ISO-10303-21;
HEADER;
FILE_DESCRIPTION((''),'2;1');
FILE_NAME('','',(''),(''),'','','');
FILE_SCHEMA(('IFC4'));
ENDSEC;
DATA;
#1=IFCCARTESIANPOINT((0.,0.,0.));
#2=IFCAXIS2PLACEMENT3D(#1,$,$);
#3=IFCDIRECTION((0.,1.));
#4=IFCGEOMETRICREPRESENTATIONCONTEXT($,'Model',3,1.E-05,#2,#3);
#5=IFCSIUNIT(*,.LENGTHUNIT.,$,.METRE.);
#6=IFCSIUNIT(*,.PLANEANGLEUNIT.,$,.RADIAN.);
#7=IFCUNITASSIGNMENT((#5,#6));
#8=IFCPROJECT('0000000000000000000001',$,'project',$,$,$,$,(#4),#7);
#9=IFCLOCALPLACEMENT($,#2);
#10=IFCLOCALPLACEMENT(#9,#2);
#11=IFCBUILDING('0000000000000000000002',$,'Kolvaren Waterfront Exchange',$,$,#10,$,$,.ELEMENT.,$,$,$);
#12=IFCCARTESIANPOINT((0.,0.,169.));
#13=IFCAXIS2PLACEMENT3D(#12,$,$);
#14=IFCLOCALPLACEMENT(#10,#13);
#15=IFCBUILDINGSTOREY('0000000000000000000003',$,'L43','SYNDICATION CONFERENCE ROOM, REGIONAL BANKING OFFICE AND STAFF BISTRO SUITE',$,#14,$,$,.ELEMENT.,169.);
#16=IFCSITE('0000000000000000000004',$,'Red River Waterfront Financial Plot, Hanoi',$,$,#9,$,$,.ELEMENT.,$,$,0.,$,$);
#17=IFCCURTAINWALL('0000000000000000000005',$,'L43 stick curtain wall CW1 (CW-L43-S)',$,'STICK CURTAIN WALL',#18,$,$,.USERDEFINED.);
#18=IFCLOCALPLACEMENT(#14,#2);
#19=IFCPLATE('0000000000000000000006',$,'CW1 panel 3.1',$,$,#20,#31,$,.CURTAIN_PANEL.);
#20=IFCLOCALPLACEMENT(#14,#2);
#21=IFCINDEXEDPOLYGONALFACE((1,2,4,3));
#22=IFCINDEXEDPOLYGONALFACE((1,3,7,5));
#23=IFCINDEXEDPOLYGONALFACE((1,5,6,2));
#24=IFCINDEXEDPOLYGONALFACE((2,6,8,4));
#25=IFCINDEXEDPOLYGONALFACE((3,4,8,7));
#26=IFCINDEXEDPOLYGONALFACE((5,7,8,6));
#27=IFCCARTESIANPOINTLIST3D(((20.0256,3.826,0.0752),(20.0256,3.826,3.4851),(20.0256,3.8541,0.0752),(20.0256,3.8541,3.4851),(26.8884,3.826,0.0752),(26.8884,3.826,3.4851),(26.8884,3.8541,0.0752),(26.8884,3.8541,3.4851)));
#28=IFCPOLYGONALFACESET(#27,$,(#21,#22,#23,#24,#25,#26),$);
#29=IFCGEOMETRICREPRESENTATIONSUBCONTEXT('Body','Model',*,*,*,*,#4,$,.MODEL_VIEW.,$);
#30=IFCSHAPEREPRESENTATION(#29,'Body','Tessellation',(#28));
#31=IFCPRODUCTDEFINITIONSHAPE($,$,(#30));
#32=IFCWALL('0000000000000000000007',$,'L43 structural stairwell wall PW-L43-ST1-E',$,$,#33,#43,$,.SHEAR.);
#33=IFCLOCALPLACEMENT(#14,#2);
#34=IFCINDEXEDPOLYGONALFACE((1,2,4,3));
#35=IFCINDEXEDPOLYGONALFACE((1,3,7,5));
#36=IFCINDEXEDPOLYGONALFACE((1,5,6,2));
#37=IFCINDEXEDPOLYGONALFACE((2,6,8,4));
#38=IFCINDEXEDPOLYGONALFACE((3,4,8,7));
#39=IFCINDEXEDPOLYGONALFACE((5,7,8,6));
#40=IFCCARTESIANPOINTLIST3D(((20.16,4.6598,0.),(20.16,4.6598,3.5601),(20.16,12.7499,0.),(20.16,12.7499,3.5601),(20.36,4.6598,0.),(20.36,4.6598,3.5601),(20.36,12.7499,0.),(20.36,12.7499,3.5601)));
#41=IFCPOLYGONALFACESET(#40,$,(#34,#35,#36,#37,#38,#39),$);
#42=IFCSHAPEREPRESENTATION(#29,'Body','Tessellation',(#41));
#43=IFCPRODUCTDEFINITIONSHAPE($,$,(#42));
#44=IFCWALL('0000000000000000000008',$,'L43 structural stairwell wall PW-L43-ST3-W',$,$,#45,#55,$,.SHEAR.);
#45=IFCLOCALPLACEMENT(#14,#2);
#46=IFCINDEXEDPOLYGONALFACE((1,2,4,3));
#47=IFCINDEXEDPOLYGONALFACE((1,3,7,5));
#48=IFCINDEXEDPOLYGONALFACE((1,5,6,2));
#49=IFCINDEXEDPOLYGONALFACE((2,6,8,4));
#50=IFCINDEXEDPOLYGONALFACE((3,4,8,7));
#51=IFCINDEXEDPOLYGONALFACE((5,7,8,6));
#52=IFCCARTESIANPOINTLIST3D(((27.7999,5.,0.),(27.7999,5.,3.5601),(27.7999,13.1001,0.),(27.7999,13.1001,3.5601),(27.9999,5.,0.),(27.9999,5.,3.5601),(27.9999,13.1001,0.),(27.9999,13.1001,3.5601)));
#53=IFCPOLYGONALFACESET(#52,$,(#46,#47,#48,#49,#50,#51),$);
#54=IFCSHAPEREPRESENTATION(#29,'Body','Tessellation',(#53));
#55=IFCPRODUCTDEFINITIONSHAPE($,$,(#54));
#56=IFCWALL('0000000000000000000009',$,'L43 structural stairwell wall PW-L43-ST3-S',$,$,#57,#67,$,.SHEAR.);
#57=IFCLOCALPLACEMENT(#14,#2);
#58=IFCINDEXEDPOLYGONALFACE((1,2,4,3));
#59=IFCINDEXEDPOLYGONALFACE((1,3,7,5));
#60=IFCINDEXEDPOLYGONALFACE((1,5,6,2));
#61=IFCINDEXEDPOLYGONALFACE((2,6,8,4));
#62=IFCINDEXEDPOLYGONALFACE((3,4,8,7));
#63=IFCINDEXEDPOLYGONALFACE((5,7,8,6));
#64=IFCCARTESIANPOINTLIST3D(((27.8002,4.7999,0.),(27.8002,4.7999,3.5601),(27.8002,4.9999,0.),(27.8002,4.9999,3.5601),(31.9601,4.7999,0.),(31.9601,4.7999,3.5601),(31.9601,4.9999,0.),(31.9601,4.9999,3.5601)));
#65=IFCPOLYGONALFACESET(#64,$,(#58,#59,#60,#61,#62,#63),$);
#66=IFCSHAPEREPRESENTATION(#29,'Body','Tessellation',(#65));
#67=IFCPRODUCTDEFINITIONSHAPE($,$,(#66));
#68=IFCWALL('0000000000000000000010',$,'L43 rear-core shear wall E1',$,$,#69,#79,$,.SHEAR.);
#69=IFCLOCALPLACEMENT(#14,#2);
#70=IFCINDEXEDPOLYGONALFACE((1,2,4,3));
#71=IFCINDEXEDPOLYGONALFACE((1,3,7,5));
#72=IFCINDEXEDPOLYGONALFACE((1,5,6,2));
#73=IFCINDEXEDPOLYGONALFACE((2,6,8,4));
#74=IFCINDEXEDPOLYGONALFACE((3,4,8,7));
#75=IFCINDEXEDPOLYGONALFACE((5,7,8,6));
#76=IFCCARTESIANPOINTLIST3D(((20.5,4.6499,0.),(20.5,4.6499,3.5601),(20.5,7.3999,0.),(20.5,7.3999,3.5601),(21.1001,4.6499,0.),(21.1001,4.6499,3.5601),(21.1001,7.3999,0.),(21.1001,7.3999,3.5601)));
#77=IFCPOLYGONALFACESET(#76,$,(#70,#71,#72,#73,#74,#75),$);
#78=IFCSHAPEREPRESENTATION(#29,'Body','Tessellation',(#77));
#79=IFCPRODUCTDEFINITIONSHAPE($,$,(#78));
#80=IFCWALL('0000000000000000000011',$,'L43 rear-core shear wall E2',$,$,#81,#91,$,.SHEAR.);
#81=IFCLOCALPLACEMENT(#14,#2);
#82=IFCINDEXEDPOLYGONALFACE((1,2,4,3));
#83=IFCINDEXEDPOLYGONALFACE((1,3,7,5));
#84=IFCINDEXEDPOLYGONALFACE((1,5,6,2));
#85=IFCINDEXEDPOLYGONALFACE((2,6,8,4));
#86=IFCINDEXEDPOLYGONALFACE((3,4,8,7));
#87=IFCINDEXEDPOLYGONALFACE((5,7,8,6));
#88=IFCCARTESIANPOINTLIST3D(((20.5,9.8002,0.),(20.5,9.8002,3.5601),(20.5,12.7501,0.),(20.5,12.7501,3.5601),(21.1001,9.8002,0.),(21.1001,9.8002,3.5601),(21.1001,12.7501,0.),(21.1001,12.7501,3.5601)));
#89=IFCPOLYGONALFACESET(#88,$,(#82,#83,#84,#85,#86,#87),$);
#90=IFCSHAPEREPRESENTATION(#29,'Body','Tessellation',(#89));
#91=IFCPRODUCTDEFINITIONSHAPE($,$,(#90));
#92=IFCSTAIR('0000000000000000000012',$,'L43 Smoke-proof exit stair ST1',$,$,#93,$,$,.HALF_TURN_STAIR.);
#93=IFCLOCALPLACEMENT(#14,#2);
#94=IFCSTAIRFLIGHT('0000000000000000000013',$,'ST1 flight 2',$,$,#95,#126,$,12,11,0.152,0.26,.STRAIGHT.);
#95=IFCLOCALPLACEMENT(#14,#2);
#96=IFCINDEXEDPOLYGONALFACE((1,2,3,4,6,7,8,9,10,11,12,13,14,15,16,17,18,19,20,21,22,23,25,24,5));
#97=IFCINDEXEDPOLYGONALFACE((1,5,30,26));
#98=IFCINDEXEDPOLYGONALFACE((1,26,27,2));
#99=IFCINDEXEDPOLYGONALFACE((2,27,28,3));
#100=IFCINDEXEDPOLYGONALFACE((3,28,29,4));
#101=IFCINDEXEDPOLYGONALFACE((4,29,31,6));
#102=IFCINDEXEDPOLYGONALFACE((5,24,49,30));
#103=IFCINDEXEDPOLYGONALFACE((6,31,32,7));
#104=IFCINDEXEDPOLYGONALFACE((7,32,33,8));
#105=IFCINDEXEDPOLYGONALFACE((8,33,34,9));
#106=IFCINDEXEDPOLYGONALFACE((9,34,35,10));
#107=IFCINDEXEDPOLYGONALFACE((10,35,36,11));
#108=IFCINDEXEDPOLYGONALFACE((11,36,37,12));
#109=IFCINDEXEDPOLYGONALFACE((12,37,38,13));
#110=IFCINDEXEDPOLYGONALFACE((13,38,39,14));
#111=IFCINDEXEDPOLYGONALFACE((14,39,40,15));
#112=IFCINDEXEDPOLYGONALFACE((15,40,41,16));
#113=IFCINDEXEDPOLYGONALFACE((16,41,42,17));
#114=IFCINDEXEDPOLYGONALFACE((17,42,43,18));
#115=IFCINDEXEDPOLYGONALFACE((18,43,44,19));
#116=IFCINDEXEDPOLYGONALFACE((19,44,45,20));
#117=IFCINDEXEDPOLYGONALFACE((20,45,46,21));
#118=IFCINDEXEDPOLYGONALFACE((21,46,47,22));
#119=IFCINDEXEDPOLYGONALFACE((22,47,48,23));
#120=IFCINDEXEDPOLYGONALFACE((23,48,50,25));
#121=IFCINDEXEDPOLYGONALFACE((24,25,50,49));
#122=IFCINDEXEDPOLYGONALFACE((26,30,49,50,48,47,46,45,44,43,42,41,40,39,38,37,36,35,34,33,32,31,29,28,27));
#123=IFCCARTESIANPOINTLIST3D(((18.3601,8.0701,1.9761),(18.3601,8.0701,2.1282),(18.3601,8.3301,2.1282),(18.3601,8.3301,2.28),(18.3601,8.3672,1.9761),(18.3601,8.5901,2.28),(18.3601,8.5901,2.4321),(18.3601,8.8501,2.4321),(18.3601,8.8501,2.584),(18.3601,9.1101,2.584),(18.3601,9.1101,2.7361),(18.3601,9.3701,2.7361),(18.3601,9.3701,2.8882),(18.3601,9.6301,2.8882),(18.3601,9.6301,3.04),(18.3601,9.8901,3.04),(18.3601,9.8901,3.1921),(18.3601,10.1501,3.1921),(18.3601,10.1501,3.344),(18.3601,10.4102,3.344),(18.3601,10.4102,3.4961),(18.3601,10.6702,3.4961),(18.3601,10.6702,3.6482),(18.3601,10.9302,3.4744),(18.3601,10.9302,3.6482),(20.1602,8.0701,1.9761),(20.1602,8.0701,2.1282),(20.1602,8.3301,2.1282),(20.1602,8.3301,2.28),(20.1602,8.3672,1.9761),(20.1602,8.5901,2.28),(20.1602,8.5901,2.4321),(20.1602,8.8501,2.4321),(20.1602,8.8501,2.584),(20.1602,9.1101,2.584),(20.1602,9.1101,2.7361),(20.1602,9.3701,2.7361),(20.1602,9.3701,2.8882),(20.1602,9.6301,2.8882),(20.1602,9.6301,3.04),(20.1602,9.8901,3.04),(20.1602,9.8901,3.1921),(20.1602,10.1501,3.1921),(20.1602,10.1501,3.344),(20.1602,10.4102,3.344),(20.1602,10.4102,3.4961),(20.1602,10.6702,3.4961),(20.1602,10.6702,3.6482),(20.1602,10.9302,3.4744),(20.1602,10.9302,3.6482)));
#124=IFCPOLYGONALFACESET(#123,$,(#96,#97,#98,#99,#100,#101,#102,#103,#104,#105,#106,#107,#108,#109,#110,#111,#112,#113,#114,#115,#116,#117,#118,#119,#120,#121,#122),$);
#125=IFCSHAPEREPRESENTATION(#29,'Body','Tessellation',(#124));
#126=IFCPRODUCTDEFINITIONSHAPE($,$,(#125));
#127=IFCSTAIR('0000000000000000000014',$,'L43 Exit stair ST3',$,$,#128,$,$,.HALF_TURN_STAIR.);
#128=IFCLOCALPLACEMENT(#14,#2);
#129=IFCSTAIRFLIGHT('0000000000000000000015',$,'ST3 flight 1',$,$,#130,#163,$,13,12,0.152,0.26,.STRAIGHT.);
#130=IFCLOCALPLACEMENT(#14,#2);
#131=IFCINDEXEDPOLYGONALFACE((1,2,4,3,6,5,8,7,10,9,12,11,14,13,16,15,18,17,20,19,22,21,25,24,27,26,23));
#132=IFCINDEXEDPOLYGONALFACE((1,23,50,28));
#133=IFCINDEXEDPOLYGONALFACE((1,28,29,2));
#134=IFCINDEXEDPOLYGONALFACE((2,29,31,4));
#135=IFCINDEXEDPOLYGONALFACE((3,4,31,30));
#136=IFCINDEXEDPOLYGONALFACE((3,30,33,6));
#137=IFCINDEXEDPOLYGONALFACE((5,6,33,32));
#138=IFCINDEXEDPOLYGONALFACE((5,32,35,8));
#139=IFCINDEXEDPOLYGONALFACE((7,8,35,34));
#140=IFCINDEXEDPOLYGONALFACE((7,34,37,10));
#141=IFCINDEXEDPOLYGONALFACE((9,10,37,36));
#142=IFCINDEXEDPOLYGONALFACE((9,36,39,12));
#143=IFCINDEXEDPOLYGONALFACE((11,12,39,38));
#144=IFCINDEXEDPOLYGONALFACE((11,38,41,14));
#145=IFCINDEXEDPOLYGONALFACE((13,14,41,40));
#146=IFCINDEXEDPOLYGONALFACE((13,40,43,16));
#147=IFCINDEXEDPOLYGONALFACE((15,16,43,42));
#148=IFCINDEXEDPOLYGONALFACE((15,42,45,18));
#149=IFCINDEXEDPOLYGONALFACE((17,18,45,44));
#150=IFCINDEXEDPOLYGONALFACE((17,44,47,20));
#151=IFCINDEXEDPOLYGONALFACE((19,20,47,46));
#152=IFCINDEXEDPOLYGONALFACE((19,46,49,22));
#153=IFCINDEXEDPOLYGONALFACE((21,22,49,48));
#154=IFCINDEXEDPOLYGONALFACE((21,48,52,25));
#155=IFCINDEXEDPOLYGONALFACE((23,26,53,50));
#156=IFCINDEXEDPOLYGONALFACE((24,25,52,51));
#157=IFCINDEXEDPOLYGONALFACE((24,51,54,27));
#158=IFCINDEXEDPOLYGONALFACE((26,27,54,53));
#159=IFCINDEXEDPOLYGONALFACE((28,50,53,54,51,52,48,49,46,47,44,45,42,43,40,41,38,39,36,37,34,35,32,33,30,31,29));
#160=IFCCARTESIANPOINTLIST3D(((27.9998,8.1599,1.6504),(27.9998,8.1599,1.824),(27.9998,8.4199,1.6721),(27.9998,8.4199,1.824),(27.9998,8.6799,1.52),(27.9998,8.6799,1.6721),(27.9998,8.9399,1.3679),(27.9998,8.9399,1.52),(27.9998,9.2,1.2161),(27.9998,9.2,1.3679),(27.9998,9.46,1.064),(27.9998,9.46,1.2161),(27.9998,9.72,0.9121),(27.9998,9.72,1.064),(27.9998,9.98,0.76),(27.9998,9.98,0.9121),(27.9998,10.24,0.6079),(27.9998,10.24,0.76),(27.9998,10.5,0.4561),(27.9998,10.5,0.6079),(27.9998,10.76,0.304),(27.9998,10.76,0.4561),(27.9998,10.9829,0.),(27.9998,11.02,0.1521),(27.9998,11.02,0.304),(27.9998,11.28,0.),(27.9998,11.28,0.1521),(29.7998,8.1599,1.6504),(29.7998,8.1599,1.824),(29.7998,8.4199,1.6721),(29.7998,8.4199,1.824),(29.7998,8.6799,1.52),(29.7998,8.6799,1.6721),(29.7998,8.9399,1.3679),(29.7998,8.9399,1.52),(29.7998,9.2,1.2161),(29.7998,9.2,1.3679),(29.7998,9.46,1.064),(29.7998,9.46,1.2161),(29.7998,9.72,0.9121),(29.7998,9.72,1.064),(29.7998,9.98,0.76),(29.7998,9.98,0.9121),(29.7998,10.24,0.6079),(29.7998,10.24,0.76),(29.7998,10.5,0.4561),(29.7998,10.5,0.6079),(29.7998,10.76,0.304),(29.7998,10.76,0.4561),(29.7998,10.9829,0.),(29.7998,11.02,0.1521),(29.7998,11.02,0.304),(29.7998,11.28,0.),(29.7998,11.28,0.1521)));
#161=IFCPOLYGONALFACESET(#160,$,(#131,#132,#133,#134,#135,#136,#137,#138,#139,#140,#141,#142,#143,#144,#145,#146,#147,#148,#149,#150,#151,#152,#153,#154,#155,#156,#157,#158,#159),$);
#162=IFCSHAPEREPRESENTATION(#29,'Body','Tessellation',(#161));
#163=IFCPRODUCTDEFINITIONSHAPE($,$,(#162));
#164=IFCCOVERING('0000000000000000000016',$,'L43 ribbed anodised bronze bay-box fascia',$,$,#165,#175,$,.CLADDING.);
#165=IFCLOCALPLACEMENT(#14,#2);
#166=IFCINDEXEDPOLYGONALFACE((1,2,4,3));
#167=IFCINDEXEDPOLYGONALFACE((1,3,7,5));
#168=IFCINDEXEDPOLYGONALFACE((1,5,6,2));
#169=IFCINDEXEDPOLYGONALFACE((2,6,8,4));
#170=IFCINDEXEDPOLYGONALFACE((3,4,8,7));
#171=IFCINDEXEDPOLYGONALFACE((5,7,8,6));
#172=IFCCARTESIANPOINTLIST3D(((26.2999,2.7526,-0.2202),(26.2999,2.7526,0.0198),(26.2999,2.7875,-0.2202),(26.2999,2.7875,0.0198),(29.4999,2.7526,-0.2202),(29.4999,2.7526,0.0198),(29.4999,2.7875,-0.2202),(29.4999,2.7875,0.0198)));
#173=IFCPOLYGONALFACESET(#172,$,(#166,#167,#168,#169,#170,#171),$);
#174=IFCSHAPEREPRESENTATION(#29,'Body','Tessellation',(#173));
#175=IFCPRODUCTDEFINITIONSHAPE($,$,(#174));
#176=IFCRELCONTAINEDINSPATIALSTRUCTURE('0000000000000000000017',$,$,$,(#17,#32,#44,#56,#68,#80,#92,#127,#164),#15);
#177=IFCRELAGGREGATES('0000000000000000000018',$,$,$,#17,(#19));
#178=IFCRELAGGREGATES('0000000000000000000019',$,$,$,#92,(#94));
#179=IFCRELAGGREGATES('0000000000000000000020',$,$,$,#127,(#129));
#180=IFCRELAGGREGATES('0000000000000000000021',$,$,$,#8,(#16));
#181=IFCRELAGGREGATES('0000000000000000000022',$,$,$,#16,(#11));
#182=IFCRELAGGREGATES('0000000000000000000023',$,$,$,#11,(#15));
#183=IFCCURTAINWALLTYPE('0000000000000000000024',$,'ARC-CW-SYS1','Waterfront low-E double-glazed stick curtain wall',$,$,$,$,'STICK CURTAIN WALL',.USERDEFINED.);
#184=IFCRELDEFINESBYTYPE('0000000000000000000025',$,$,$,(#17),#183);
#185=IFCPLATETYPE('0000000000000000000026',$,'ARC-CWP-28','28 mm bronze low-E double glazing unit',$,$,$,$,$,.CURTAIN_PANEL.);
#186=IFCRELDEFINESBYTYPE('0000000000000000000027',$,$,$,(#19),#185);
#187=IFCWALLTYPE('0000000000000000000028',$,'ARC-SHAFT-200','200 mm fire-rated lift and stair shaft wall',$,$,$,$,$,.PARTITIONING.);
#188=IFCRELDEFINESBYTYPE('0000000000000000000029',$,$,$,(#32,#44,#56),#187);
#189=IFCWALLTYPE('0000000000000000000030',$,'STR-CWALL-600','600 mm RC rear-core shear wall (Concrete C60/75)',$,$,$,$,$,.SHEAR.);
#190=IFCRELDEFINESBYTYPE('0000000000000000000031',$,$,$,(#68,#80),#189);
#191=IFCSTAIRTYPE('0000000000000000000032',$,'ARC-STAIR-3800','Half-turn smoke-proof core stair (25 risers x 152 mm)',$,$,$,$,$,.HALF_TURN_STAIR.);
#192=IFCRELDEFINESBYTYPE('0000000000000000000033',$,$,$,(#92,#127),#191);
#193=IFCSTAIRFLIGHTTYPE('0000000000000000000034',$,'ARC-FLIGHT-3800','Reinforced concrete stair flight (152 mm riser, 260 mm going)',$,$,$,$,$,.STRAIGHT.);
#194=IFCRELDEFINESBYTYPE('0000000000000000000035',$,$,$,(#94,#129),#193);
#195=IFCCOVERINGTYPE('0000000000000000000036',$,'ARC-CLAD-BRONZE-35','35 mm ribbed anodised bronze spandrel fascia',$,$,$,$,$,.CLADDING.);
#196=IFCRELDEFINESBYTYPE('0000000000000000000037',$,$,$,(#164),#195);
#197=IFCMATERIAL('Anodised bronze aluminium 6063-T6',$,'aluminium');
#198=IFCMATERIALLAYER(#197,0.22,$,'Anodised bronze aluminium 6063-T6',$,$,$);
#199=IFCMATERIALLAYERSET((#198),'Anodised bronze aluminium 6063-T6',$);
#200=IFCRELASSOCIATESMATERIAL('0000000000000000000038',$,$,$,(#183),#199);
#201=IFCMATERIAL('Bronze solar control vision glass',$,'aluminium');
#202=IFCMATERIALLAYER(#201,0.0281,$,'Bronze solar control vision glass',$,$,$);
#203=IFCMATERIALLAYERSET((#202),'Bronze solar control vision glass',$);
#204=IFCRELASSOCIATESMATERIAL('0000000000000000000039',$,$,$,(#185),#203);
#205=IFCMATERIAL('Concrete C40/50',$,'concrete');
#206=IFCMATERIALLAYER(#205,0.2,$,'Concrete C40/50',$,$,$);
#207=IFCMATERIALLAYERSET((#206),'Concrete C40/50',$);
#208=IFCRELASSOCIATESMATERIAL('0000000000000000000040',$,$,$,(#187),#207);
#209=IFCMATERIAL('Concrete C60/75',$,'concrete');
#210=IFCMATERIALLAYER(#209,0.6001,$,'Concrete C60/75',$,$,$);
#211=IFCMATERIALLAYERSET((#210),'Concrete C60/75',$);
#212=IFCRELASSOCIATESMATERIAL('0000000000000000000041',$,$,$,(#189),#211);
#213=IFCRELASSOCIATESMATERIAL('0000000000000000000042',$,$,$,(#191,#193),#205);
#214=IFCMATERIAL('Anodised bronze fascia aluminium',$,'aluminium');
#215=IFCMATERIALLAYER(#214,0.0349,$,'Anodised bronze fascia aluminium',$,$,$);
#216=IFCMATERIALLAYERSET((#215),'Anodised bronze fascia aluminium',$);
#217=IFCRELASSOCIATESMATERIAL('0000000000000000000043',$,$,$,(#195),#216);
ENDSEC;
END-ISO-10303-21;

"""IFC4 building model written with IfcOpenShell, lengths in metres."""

from ifc_helpers import new_model, si_unit, direction, frame, frame_2d, origin, origin_with_axes, origin_2d, place, context, subcontext, project, spatial, polyline, rectangle, outline, extrude, source, transform, mapped, material, layer, layer_set, type_object, element, aggregate, save


model = new_model("IFC4")

# Units and contexts
model_context = context("Model", 3, precision=1e-05, world=origin(), true_north=direction((0.0, 1.0)))
body_context = subcontext(model_context, "Body", "Model", "MODEL_VIEW")
ifc_project = project(units=[si_unit("LENGTHUNIT", "METRE"), si_unit("PLANEANGLEUNIT", "RADIAN")], contexts=[model_context])

# Site, building, storey
site_placement = place(None, origin())
site = spatial("IfcSite", under=ifc_project, at=site_placement, Name="Red River Waterfront Financial Plot, Hanoi", CompositionType="ELEMENT", RefElevation=0.0)
building_placement = place(site_placement, origin())
building = spatial("IfcBuilding", under=site, at=building_placement, Name="Kolvaren Waterfront Exchange", CompositionType="ELEMENT")
storey_placement = place(building_placement, frame((0.0, 0.0, 169.0)))
storey = spatial("IfcBuildingStorey", under=building, at=storey_placement, Name="L43", Description="SYNDICATION CONFERENCE ROOM, REGIONAL BANKING OFFICE AND STAFF BISTRO SUITE", CompositionType="ELEMENT", Elevation=169.0)

# Shared definitions
ifc_material_1 = material(Name="Concrete C60/75", Category="concrete")

# Shared definitions
ifc_material_2 = material(Name="Anodised bronze aluminium 6063-T6", Category="aluminium")

# Curtain wall
ifc_layer_1 = layer(ifc_material_2, 0.22, Name="Anodised bronze aluminium 6063-T6")
ifc_layer_set_1 = layer_set([ifc_layer_1], Name="Anodised bronze aluminium 6063-T6")
curtain_wall_type_1 = type_object("IfcCurtainWallType", Name="ARC-CW-SYS1", Description="Waterfront low-E double-glazed stick curtain wall", ElementType="STICK CURTAIN WALL", PredefinedType="USERDEFINED", material=ifc_layer_set_1)
curtain_wall_1_placement = place(storey_placement, origin())
curtain_wall_1 = element("IfcCurtainWall", 1, at=curtain_wall_1_placement, inside=storey, type_object=curtain_wall_type_1, Name="L43 stick curtain wall CW1 (CW-L43-S)", ObjectType="STICK CURTAIN WALL", PredefinedType="USERDEFINED")

# Plate
ifc_material_3 = material(Name="Bronze solar control vision glass", Category="aluminium")
ifc_layer_2 = layer(ifc_material_3, 0.0281, Name="Bronze solar control vision glass")
ifc_layer_set_2 = layer_set([ifc_layer_2], Name="Bronze solar control vision glass")
plate_type_1 = type_object("IfcPlateType", Name="ARC-CWP-28", Description="28 mm bronze low-E double glazing unit", PredefinedType="CURTAIN_PANEL", material=ifc_layer_set_2)
shared_shape_1 = source(origin_with_axes(), body_context, "Body", "SweptSolid", [
    extrude(rectangle(XDim=6.8628, YDim=0.0281, at=origin_2d()), origin(), (0.0, 0.0, 1.0), 3.4099),
])
plate_1_placement = place(storey_placement, frame((23.457, 3.8401, 0.0752), z_axis=(0.0, 0.0, 1.0), x_axis=(1.0, 0.0, 0.0)))
plate_1 = element("IfcPlate", 2, at=plate_1_placement, type_object=plate_type_1, Name="CW1 panel 3.1", PredefinedType="CURTAIN_PANEL", context=body_context, shape_type="MappedRepresentation", body=[
    mapped(shared_shape_1, transform((0.0, 0.0, 0.0), x_axis=(1.0, 0.0, 0.0), y_axis=(0.0, 1.0, 0.0), z_axis=(0.0, 0.0, 1.0), scale=1.0)),
])
aggregate(curtain_wall_1, [plate_1])

# Walls
ifc_material_4 = material(Name="Concrete C40/50", Category="concrete")
ifc_layer_3 = layer(ifc_material_4, 0.2, Name="Concrete C40/50")
ifc_layer_set_3 = layer_set([ifc_layer_3], Name="Concrete C40/50")
wall_type_1 = type_object("IfcWallType", Name="ARC-SHAFT-200", Description="200 mm fire-rated lift and stair shaft wall", PredefinedType="PARTITIONING", material=ifc_layer_set_3)
wall_1_placement = place(storey_placement, frame((20.26, 4.6599, 0.0), z_axis=(0.0, 0.0, 1.0), x_axis=(0.0, 1.0, 0.0)))
element("IfcWall", 3, at=wall_1_placement, inside=storey, type_object=wall_type_1, Name="L43 structural stairwell wall PW-L43-ST1-E", PredefinedType="SHEAR", context=body_context, shape_type="SweptSolid", body=[
    extrude(rectangle(XDim=8.0901, YDim=0.2, at=frame_2d((4.0449, 0.0))), origin(), (0.0, 0.0, 1.0), 3.5601),
])
wall_2_placement = place(storey_placement, frame((27.8999, 5.0, 0.0), z_axis=(0.0, 0.0, 1.0), x_axis=(0.0, 1.0, 0.0)))
element("IfcWall", 4, at=wall_2_placement, inside=storey, type_object=wall_type_1, Name="L43 structural stairwell wall PW-L43-ST3-W", PredefinedType="SHEAR", context=body_context, shape_type="SweptSolid", body=[
    extrude(rectangle(XDim=8.1001, YDim=0.2, at=frame_2d((4.05, 0.0))), origin(), (0.0, 0.0, 1.0), 3.5601),
])
wall_3_placement = place(storey_placement, frame((27.8, 4.8999, 0.0), z_axis=(0.0, 0.0, 1.0), x_axis=(1.0, 0.0, 0.0)))
element("IfcWall", 5, at=wall_3_placement, inside=storey, type_object=wall_type_1, Name="L43 structural stairwell wall PW-L43-ST3-S", PredefinedType="SHEAR", context=body_context, shape_type="SweptSolid", body=[
    extrude(rectangle(XDim=4.1599, YDim=0.2, at=frame_2d((2.0801, 0.0))), origin(), (0.0, 0.0, 1.0), 3.5601),
])
ifc_layer_4 = layer(ifc_material_1, 0.6001, Name="Concrete C60/75")
ifc_layer_set_4 = layer_set([ifc_layer_4], Name="Concrete C60/75")
wall_type_2 = type_object("IfcWallType", Name="STR-CWALL-600", Description="600 mm RC rear-core shear wall (Concrete C60/75)", PredefinedType="SHEAR", material=ifc_layer_set_4)
wall_4_placement = place(storey_placement, frame((20.8, 4.6499, 0.0), z_axis=(0.0, 0.0, 1.0), x_axis=(0.0, 1.0, 0.0)))
element("IfcWall", 6, at=wall_4_placement, inside=storey, type_object=wall_type_2, Name="L43 rear-core shear wall E1", PredefinedType="SHEAR", context=body_context, shape_type="SweptSolid", body=[
    extrude(rectangle(XDim=2.75, YDim=0.6001, at=frame_2d((1.375, 0.0))), origin(), (0.0, 0.0, 1.0), 3.5601),
])
wall_5_placement = place(storey_placement, frame((20.8, 9.8, 0.0), z_axis=(0.0, 0.0, 1.0), x_axis=(0.0, 1.0, 0.0)))
element("IfcWall", 7, at=wall_5_placement, inside=storey, type_object=wall_type_2, Name="L43 rear-core shear wall E2", PredefinedType="SHEAR", context=body_context, shape_type="SweptSolid", body=[
    extrude(rectangle(XDim=2.95, YDim=0.6001, at=frame_2d((1.4751, 0.0))), origin(), (0.0, 0.0, 1.0), 3.5601),
])

# Stairs, stair flights
stair_type = type_object("IfcStairType", Name="ARC-STAIR-3800", Description="Half-turn smoke-proof core stair (25 risers x 152 mm)", PredefinedType="HALF_TURN_STAIR", material=ifc_material_4)
stair_1_placement = place(storey_placement, origin())
stair_1 = element("IfcStair", 8, at=stair_1_placement, inside=storey, type_object=stair_type, Name="L43 Smoke-proof exit stair ST1", PredefinedType="HALF_TURN_STAIR")
stair_flight_type = type_object("IfcStairFlightType", Name="ARC-FLIGHT-3800", Description="Reinforced concrete stair flight (152 mm riser, 260 mm going)", PredefinedType="STRAIGHT", material=ifc_material_4)
stair_flight_1_placement = place(storey_placement, frame((19.26, 8.0701, 1.9761), z_axis=(0.0, 0.0, 1.0), x_axis=(0.0, 1.0, 0.0)))
stair_flight_1 = element("IfcStairFlight", 9, at=stair_flight_1_placement, type_object=stair_flight_type, Name="ST1 flight 2", NumberOfRisers=12, NumberOfTreads=11, PredefinedType="STRAIGHT", RiserHeight=0.152, TreadLength=0.26, context=body_context, shape_type="SweptSolid", body=[
    extrude(outline(polyline([(0.0, 0.0), (0.0, 0.1521), (0.26, 0.1521), (0.26, 0.304), (0.52, 0.304), (0.52, 0.4561), (0.78, 0.4561), (0.78, 0.6079), (1.04, 0.6079), (1.04, 0.76), (1.3, 0.76), (1.3, 0.9121), (1.5601, 0.9121), (1.5601, 1.064), (1.8201, 1.064), (1.8201, 1.2161), (2.0801, 1.2161), (2.0801, 1.3679), (2.3401, 1.3679), (2.3401, 1.52), (2.6001, 1.52), (2.6001, 1.6721), (2.8601, 1.6721), (2.8601, 1.824), (2.8601, 1.4983), (0.2971, 0.0), (0.0, 0.0)])), frame((0.0, 0.8999, 0.0), z_axis=(0.0, -1.0, 0.0), x_axis=(1.0, 0.0, 0.0)), (0.0, 0.0, 1.0), 1.8),
])
aggregate(stair_1, [stair_flight_1])
stair_2_placement = place(storey_placement, origin())
stair_2 = element("IfcStair", 10, at=stair_2_placement, inside=storey, type_object=stair_type, Name="L43 Exit stair ST3", PredefinedType="HALF_TURN_STAIR")
stair_flight_2_placement = place(storey_placement, frame((28.8999, 11.28, 0.0), z_axis=(0.0, 0.0, 1.0), x_axis=(0.0, -1.0, 0.0)))
stair_flight_2 = element("IfcStairFlight", 11, at=stair_flight_2_placement, type_object=stair_flight_type, Name="ST3 flight 1", NumberOfRisers=13, NumberOfTreads=12, PredefinedType="STRAIGHT", RiserHeight=0.152, TreadLength=0.26, context=body_context, shape_type="SweptSolid", body=[
    extrude(outline(polyline([(0.0, 0.0), (0.0, 0.1521), (0.26, 0.1521), (0.26, 0.304), (0.52, 0.304), (0.52, 0.4561), (0.78, 0.4561), (0.78, 0.6079), (1.04, 0.6079), (1.04, 0.76), (1.3, 0.76), (1.3, 0.9121), (1.5601, 0.9121), (1.5601, 1.064), (1.8201, 1.064), (1.8201, 1.2161), (2.0801, 1.2161), (2.0801, 1.3679), (2.3401, 1.3679), (2.3401, 1.52), (2.6001, 1.52), (2.6001, 1.6721), (2.8601, 1.6721), (2.8601, 1.824), (3.1201, 1.824), (3.1201, 1.9761), (3.1201, 1.6504), (0.2971, 0.0), (0.0, 0.0)])), frame((0.0, 0.8999, 0.0), z_axis=(0.0, -1.0, 0.0), x_axis=(1.0, 0.0, 0.0)), (0.0, 0.0, 1.0), 1.8),
])
aggregate(stair_2, [stair_flight_2])

# Covering
ifc_material_5 = material(Name="Anodised bronze fascia aluminium", Category="aluminium")
ifc_layer_5 = layer(ifc_material_5, 0.0349, Name="Anodised bronze fascia aluminium")
ifc_layer_set_5 = layer_set([ifc_layer_5], Name="Anodised bronze fascia aluminium")
covering_type = type_object("IfcCoveringType", Name="ARC-CLAD-BRONZE-35", Description="35 mm ribbed anodised bronze spandrel fascia", PredefinedType="CLADDING", material=ifc_layer_set_5)
covering_placement = place(storey_placement, frame((27.8999, 2.77, -0.2202), z_axis=(0.0, 0.0, 1.0), x_axis=(1.0, 0.0, 0.0)))
element("IfcCovering", 12, at=covering_placement, inside=storey, type_object=covering_type, Name="L43 ribbed anodised bronze bay-box fascia", PredefinedType="CLADDING", context=body_context, shape_type="SweptSolid", body=[
    extrude(rectangle(XDim=3.2, YDim=0.0349, at=origin_2d()), origin(), (0.0, 0.0, 1.0), 0.24),
])

save(model, "model.ifc")
